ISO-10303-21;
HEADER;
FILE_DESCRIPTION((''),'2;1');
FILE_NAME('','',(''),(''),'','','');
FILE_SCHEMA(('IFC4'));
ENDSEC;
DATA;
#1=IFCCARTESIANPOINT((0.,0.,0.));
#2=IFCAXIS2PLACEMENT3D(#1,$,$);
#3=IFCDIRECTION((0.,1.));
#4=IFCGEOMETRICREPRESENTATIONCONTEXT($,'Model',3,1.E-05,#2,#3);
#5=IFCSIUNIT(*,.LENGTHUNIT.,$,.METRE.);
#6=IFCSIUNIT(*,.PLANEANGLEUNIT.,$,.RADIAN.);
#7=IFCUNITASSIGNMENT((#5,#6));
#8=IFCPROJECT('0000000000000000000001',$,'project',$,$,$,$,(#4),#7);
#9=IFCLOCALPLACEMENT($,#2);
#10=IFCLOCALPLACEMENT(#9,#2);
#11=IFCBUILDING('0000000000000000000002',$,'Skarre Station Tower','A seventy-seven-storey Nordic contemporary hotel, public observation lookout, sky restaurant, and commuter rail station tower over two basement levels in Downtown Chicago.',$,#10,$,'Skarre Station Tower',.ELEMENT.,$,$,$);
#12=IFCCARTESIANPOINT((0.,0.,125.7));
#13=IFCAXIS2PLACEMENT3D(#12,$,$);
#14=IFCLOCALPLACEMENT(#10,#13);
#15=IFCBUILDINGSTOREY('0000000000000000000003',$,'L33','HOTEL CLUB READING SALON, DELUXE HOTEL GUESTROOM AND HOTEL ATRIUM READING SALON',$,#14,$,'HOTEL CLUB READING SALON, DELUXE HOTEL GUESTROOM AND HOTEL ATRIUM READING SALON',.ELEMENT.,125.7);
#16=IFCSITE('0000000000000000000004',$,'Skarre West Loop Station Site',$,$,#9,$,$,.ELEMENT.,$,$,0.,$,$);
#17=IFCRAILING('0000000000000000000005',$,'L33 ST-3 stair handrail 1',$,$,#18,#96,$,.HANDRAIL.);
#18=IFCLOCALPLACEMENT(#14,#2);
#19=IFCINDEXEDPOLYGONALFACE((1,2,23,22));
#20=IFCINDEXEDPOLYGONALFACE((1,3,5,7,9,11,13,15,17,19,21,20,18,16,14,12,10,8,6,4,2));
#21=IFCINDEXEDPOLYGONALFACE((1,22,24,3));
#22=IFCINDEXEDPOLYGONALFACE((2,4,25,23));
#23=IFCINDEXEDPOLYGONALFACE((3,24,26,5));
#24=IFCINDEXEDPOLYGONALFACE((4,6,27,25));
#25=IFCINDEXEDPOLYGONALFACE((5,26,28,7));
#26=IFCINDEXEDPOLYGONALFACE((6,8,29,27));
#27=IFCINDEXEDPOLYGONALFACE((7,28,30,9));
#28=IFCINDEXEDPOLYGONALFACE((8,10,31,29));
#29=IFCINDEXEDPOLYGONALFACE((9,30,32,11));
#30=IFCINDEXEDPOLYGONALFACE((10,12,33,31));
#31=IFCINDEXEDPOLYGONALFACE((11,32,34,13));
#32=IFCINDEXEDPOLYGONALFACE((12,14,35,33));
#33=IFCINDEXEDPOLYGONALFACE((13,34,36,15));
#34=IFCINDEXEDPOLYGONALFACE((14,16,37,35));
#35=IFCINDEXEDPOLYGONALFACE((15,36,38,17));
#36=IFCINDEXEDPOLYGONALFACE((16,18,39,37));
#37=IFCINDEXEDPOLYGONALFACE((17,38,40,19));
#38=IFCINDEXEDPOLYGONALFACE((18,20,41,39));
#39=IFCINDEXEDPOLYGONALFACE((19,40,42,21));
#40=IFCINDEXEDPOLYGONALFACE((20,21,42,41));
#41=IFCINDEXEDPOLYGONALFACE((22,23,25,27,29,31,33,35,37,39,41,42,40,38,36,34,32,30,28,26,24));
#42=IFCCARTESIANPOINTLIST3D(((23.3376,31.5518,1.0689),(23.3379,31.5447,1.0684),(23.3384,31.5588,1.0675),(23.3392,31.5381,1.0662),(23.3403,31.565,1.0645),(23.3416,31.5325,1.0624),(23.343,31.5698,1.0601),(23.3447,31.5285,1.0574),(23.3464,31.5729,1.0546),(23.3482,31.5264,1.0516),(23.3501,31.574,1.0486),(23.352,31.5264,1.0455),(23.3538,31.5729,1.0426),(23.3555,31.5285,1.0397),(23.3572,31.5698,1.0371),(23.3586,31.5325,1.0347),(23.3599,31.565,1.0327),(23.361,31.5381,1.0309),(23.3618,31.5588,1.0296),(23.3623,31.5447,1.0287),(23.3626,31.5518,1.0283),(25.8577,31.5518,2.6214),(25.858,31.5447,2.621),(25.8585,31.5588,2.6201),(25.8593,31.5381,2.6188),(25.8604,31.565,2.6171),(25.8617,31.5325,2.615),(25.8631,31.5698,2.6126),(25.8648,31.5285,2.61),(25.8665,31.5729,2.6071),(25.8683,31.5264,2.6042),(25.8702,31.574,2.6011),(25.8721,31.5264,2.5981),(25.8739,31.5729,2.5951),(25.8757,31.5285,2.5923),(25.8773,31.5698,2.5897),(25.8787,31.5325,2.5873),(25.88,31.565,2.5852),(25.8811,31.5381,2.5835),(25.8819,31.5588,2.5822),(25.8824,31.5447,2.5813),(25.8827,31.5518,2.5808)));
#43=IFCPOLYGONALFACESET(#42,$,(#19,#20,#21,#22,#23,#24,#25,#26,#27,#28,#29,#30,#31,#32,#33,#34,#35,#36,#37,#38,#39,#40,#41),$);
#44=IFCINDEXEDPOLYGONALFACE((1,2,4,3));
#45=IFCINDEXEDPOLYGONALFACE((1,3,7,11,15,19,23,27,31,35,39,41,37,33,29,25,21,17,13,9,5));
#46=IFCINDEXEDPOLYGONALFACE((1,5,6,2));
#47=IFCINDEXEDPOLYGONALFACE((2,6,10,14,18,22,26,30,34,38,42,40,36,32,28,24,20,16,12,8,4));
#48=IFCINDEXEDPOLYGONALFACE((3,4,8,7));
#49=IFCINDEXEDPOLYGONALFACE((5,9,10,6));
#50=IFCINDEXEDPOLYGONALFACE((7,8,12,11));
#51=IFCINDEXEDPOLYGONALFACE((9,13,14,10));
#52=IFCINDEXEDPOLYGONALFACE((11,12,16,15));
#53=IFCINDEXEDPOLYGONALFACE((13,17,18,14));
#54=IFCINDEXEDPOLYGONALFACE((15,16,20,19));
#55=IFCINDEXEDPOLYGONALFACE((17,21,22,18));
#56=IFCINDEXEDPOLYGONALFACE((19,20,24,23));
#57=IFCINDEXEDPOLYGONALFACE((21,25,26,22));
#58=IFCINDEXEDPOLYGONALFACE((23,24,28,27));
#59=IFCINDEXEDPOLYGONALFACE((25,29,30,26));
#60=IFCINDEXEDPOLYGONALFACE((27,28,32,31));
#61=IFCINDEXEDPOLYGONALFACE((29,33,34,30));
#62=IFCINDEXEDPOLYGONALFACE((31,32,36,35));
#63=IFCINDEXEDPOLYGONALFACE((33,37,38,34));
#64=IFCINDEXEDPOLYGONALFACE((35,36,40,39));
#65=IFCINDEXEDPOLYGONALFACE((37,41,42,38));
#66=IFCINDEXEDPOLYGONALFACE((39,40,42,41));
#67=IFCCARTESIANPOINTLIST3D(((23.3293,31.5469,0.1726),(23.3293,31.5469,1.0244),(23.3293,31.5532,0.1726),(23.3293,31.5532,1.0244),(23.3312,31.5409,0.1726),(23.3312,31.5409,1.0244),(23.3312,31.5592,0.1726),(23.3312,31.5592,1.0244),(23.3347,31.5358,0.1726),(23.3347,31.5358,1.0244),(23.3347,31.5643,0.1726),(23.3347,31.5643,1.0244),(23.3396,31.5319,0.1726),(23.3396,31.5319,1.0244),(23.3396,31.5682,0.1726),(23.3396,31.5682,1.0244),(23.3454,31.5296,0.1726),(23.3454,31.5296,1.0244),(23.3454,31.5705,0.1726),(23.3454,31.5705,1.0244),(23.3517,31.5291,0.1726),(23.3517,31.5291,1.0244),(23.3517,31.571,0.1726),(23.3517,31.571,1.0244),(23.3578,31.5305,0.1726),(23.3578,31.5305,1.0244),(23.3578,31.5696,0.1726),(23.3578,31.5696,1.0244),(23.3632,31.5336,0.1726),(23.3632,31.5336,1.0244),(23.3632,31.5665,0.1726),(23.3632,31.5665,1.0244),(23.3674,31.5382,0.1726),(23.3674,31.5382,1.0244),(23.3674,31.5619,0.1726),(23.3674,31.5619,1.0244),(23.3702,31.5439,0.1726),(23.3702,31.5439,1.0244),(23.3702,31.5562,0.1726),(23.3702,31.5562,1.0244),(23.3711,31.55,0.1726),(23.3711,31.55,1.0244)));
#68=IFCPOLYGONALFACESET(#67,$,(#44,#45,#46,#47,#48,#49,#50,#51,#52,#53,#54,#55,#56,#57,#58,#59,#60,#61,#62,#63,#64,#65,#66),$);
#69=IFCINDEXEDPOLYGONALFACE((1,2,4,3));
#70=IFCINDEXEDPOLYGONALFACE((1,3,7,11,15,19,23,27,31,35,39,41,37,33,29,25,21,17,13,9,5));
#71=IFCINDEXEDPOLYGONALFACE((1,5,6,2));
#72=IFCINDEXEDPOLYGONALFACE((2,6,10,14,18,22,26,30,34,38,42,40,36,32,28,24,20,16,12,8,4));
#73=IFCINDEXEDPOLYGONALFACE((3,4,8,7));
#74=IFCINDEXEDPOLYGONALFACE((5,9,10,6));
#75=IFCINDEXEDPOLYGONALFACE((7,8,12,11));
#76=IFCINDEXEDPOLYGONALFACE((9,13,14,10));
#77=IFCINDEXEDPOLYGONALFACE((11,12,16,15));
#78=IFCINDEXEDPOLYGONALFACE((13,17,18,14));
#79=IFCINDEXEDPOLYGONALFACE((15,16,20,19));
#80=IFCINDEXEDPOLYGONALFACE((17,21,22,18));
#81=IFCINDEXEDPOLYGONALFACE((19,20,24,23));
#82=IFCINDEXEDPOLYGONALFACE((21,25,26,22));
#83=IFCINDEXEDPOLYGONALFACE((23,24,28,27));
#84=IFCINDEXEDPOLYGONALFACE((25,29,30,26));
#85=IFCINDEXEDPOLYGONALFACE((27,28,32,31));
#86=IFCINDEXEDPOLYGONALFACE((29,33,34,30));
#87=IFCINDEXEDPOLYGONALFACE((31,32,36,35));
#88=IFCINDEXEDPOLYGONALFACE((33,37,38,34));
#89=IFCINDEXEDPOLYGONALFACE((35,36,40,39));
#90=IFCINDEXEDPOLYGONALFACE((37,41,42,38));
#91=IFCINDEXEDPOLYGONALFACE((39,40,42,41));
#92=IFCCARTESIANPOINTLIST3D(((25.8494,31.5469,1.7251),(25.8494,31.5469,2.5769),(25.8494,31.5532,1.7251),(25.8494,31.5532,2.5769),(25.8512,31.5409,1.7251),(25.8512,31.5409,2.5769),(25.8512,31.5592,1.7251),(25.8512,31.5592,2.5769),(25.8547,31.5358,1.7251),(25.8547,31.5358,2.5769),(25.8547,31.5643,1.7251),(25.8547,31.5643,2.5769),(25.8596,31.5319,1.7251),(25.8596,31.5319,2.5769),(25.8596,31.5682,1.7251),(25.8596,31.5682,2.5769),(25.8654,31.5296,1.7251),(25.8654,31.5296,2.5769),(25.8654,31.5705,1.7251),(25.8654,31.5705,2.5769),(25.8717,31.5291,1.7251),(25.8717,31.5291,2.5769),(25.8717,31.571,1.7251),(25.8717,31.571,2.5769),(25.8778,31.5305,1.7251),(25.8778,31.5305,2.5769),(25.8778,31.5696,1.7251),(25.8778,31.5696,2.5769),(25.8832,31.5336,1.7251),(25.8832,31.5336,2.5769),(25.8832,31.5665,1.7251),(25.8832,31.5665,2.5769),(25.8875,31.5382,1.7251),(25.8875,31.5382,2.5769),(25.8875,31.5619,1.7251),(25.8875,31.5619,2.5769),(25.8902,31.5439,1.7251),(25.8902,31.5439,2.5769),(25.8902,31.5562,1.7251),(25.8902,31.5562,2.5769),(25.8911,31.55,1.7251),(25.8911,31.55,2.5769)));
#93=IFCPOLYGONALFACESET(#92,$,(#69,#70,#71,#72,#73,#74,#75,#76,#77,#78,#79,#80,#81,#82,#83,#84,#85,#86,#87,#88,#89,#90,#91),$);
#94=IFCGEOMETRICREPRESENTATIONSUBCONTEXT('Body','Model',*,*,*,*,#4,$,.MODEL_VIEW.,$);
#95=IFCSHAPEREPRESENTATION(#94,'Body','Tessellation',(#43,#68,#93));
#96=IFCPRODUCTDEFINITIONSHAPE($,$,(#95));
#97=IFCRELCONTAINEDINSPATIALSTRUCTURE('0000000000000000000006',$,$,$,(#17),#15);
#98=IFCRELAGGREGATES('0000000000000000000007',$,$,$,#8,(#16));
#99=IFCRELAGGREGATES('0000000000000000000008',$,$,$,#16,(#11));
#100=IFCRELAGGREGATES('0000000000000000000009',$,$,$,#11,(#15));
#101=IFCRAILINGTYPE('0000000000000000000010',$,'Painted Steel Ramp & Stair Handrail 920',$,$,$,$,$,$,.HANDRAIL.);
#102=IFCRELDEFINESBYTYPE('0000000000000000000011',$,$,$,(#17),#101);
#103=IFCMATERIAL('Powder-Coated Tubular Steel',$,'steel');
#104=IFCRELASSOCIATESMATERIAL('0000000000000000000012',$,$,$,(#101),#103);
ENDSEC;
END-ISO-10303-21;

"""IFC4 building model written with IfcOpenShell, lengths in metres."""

from ifc_helpers import new_model, si_unit, direction, frame, origin, origin_2d, place, context, subcontext, project, spatial, circle, extrude, material, type_object, element, save


model = new_model("IFC4")

# Units and contexts
model_context = context("Model", 3, precision=1e-05, world=origin(), true_north=direction((0.0, 1.0)))
body_context = subcontext(model_context, "Body", "Model", "MODEL_VIEW")
ifc_project = project(units=[si_unit("LENGTHUNIT", "METRE"), si_unit("PLANEANGLEUNIT", "RADIAN")], contexts=[model_context])

# Site, building, storey
site_placement = place(None, origin())
site = spatial("IfcSite", under=ifc_project, at=site_placement, Name="Skarre West Loop Station Site", CompositionType="ELEMENT", RefElevation=0.0)
building_placement = place(site_placement, origin())
building = spatial("IfcBuilding", under=site, at=building_placement, Name="Skarre Station Tower", Description="A seventy-seven-storey Nordic contemporary hotel, public observation lookout, sky restaurant, and commuter rail station tower over two basement levels in Downtown Chicago.", LongName="Skarre Station Tower", CompositionType="ELEMENT")
storey_placement = place(building_placement, frame((0.0, 0.0, 125.7)))
storey = spatial("IfcBuildingStorey", under=building, at=storey_placement, Name="L33", Description="HOTEL CLUB READING SALON, DELUXE HOTEL GUESTROOM AND HOTEL ATRIUM READING SALON", LongName="HOTEL CLUB READING SALON, DELUXE HOTEL GUESTROOM AND HOTEL ATRIUM READING SALON", CompositionType="ELEMENT", Elevation=125.7)

# Railing
ifc_material_1 = material(Name="Powder-Coated Tubular Steel", Category="steel")
railing_type = type_object("IfcRailingType", Name="Painted Steel Ramp & Stair Handrail 920", PredefinedType="HANDRAIL", material=ifc_material_1)
railing_placement = place(storey_placement, frame((23.3501, 31.55, 0.1726)))
element("IfcRailing", 1, at=railing_placement, inside=storey, type_object=railing_type, Name="L33 ST-3 stair handrail 1", PredefinedType="HANDRAIL", context=body_context, shape_type="SweptSolid", body=[
    extrude(circle(Radius=0.0239, at=origin_2d()), frame((0.0, 0.0, 0.876), z_axis=(0.8514, 0.0, 0.524516), x_axis=(0.0, 1.0, 0.0)), (0.0, 0.0, 1.0), 2.96),
    extrude(circle(Radius=0.021, at=origin_2d()), origin(), (0.0, 0.0, 1.0), 0.8518),
    extrude(circle(Radius=0.021, at=origin_2d()), frame((2.52, 0.0, 1.5525)), (0.0, 0.0, 1.0), 0.8518),
])

save(model, "model.ifc")
